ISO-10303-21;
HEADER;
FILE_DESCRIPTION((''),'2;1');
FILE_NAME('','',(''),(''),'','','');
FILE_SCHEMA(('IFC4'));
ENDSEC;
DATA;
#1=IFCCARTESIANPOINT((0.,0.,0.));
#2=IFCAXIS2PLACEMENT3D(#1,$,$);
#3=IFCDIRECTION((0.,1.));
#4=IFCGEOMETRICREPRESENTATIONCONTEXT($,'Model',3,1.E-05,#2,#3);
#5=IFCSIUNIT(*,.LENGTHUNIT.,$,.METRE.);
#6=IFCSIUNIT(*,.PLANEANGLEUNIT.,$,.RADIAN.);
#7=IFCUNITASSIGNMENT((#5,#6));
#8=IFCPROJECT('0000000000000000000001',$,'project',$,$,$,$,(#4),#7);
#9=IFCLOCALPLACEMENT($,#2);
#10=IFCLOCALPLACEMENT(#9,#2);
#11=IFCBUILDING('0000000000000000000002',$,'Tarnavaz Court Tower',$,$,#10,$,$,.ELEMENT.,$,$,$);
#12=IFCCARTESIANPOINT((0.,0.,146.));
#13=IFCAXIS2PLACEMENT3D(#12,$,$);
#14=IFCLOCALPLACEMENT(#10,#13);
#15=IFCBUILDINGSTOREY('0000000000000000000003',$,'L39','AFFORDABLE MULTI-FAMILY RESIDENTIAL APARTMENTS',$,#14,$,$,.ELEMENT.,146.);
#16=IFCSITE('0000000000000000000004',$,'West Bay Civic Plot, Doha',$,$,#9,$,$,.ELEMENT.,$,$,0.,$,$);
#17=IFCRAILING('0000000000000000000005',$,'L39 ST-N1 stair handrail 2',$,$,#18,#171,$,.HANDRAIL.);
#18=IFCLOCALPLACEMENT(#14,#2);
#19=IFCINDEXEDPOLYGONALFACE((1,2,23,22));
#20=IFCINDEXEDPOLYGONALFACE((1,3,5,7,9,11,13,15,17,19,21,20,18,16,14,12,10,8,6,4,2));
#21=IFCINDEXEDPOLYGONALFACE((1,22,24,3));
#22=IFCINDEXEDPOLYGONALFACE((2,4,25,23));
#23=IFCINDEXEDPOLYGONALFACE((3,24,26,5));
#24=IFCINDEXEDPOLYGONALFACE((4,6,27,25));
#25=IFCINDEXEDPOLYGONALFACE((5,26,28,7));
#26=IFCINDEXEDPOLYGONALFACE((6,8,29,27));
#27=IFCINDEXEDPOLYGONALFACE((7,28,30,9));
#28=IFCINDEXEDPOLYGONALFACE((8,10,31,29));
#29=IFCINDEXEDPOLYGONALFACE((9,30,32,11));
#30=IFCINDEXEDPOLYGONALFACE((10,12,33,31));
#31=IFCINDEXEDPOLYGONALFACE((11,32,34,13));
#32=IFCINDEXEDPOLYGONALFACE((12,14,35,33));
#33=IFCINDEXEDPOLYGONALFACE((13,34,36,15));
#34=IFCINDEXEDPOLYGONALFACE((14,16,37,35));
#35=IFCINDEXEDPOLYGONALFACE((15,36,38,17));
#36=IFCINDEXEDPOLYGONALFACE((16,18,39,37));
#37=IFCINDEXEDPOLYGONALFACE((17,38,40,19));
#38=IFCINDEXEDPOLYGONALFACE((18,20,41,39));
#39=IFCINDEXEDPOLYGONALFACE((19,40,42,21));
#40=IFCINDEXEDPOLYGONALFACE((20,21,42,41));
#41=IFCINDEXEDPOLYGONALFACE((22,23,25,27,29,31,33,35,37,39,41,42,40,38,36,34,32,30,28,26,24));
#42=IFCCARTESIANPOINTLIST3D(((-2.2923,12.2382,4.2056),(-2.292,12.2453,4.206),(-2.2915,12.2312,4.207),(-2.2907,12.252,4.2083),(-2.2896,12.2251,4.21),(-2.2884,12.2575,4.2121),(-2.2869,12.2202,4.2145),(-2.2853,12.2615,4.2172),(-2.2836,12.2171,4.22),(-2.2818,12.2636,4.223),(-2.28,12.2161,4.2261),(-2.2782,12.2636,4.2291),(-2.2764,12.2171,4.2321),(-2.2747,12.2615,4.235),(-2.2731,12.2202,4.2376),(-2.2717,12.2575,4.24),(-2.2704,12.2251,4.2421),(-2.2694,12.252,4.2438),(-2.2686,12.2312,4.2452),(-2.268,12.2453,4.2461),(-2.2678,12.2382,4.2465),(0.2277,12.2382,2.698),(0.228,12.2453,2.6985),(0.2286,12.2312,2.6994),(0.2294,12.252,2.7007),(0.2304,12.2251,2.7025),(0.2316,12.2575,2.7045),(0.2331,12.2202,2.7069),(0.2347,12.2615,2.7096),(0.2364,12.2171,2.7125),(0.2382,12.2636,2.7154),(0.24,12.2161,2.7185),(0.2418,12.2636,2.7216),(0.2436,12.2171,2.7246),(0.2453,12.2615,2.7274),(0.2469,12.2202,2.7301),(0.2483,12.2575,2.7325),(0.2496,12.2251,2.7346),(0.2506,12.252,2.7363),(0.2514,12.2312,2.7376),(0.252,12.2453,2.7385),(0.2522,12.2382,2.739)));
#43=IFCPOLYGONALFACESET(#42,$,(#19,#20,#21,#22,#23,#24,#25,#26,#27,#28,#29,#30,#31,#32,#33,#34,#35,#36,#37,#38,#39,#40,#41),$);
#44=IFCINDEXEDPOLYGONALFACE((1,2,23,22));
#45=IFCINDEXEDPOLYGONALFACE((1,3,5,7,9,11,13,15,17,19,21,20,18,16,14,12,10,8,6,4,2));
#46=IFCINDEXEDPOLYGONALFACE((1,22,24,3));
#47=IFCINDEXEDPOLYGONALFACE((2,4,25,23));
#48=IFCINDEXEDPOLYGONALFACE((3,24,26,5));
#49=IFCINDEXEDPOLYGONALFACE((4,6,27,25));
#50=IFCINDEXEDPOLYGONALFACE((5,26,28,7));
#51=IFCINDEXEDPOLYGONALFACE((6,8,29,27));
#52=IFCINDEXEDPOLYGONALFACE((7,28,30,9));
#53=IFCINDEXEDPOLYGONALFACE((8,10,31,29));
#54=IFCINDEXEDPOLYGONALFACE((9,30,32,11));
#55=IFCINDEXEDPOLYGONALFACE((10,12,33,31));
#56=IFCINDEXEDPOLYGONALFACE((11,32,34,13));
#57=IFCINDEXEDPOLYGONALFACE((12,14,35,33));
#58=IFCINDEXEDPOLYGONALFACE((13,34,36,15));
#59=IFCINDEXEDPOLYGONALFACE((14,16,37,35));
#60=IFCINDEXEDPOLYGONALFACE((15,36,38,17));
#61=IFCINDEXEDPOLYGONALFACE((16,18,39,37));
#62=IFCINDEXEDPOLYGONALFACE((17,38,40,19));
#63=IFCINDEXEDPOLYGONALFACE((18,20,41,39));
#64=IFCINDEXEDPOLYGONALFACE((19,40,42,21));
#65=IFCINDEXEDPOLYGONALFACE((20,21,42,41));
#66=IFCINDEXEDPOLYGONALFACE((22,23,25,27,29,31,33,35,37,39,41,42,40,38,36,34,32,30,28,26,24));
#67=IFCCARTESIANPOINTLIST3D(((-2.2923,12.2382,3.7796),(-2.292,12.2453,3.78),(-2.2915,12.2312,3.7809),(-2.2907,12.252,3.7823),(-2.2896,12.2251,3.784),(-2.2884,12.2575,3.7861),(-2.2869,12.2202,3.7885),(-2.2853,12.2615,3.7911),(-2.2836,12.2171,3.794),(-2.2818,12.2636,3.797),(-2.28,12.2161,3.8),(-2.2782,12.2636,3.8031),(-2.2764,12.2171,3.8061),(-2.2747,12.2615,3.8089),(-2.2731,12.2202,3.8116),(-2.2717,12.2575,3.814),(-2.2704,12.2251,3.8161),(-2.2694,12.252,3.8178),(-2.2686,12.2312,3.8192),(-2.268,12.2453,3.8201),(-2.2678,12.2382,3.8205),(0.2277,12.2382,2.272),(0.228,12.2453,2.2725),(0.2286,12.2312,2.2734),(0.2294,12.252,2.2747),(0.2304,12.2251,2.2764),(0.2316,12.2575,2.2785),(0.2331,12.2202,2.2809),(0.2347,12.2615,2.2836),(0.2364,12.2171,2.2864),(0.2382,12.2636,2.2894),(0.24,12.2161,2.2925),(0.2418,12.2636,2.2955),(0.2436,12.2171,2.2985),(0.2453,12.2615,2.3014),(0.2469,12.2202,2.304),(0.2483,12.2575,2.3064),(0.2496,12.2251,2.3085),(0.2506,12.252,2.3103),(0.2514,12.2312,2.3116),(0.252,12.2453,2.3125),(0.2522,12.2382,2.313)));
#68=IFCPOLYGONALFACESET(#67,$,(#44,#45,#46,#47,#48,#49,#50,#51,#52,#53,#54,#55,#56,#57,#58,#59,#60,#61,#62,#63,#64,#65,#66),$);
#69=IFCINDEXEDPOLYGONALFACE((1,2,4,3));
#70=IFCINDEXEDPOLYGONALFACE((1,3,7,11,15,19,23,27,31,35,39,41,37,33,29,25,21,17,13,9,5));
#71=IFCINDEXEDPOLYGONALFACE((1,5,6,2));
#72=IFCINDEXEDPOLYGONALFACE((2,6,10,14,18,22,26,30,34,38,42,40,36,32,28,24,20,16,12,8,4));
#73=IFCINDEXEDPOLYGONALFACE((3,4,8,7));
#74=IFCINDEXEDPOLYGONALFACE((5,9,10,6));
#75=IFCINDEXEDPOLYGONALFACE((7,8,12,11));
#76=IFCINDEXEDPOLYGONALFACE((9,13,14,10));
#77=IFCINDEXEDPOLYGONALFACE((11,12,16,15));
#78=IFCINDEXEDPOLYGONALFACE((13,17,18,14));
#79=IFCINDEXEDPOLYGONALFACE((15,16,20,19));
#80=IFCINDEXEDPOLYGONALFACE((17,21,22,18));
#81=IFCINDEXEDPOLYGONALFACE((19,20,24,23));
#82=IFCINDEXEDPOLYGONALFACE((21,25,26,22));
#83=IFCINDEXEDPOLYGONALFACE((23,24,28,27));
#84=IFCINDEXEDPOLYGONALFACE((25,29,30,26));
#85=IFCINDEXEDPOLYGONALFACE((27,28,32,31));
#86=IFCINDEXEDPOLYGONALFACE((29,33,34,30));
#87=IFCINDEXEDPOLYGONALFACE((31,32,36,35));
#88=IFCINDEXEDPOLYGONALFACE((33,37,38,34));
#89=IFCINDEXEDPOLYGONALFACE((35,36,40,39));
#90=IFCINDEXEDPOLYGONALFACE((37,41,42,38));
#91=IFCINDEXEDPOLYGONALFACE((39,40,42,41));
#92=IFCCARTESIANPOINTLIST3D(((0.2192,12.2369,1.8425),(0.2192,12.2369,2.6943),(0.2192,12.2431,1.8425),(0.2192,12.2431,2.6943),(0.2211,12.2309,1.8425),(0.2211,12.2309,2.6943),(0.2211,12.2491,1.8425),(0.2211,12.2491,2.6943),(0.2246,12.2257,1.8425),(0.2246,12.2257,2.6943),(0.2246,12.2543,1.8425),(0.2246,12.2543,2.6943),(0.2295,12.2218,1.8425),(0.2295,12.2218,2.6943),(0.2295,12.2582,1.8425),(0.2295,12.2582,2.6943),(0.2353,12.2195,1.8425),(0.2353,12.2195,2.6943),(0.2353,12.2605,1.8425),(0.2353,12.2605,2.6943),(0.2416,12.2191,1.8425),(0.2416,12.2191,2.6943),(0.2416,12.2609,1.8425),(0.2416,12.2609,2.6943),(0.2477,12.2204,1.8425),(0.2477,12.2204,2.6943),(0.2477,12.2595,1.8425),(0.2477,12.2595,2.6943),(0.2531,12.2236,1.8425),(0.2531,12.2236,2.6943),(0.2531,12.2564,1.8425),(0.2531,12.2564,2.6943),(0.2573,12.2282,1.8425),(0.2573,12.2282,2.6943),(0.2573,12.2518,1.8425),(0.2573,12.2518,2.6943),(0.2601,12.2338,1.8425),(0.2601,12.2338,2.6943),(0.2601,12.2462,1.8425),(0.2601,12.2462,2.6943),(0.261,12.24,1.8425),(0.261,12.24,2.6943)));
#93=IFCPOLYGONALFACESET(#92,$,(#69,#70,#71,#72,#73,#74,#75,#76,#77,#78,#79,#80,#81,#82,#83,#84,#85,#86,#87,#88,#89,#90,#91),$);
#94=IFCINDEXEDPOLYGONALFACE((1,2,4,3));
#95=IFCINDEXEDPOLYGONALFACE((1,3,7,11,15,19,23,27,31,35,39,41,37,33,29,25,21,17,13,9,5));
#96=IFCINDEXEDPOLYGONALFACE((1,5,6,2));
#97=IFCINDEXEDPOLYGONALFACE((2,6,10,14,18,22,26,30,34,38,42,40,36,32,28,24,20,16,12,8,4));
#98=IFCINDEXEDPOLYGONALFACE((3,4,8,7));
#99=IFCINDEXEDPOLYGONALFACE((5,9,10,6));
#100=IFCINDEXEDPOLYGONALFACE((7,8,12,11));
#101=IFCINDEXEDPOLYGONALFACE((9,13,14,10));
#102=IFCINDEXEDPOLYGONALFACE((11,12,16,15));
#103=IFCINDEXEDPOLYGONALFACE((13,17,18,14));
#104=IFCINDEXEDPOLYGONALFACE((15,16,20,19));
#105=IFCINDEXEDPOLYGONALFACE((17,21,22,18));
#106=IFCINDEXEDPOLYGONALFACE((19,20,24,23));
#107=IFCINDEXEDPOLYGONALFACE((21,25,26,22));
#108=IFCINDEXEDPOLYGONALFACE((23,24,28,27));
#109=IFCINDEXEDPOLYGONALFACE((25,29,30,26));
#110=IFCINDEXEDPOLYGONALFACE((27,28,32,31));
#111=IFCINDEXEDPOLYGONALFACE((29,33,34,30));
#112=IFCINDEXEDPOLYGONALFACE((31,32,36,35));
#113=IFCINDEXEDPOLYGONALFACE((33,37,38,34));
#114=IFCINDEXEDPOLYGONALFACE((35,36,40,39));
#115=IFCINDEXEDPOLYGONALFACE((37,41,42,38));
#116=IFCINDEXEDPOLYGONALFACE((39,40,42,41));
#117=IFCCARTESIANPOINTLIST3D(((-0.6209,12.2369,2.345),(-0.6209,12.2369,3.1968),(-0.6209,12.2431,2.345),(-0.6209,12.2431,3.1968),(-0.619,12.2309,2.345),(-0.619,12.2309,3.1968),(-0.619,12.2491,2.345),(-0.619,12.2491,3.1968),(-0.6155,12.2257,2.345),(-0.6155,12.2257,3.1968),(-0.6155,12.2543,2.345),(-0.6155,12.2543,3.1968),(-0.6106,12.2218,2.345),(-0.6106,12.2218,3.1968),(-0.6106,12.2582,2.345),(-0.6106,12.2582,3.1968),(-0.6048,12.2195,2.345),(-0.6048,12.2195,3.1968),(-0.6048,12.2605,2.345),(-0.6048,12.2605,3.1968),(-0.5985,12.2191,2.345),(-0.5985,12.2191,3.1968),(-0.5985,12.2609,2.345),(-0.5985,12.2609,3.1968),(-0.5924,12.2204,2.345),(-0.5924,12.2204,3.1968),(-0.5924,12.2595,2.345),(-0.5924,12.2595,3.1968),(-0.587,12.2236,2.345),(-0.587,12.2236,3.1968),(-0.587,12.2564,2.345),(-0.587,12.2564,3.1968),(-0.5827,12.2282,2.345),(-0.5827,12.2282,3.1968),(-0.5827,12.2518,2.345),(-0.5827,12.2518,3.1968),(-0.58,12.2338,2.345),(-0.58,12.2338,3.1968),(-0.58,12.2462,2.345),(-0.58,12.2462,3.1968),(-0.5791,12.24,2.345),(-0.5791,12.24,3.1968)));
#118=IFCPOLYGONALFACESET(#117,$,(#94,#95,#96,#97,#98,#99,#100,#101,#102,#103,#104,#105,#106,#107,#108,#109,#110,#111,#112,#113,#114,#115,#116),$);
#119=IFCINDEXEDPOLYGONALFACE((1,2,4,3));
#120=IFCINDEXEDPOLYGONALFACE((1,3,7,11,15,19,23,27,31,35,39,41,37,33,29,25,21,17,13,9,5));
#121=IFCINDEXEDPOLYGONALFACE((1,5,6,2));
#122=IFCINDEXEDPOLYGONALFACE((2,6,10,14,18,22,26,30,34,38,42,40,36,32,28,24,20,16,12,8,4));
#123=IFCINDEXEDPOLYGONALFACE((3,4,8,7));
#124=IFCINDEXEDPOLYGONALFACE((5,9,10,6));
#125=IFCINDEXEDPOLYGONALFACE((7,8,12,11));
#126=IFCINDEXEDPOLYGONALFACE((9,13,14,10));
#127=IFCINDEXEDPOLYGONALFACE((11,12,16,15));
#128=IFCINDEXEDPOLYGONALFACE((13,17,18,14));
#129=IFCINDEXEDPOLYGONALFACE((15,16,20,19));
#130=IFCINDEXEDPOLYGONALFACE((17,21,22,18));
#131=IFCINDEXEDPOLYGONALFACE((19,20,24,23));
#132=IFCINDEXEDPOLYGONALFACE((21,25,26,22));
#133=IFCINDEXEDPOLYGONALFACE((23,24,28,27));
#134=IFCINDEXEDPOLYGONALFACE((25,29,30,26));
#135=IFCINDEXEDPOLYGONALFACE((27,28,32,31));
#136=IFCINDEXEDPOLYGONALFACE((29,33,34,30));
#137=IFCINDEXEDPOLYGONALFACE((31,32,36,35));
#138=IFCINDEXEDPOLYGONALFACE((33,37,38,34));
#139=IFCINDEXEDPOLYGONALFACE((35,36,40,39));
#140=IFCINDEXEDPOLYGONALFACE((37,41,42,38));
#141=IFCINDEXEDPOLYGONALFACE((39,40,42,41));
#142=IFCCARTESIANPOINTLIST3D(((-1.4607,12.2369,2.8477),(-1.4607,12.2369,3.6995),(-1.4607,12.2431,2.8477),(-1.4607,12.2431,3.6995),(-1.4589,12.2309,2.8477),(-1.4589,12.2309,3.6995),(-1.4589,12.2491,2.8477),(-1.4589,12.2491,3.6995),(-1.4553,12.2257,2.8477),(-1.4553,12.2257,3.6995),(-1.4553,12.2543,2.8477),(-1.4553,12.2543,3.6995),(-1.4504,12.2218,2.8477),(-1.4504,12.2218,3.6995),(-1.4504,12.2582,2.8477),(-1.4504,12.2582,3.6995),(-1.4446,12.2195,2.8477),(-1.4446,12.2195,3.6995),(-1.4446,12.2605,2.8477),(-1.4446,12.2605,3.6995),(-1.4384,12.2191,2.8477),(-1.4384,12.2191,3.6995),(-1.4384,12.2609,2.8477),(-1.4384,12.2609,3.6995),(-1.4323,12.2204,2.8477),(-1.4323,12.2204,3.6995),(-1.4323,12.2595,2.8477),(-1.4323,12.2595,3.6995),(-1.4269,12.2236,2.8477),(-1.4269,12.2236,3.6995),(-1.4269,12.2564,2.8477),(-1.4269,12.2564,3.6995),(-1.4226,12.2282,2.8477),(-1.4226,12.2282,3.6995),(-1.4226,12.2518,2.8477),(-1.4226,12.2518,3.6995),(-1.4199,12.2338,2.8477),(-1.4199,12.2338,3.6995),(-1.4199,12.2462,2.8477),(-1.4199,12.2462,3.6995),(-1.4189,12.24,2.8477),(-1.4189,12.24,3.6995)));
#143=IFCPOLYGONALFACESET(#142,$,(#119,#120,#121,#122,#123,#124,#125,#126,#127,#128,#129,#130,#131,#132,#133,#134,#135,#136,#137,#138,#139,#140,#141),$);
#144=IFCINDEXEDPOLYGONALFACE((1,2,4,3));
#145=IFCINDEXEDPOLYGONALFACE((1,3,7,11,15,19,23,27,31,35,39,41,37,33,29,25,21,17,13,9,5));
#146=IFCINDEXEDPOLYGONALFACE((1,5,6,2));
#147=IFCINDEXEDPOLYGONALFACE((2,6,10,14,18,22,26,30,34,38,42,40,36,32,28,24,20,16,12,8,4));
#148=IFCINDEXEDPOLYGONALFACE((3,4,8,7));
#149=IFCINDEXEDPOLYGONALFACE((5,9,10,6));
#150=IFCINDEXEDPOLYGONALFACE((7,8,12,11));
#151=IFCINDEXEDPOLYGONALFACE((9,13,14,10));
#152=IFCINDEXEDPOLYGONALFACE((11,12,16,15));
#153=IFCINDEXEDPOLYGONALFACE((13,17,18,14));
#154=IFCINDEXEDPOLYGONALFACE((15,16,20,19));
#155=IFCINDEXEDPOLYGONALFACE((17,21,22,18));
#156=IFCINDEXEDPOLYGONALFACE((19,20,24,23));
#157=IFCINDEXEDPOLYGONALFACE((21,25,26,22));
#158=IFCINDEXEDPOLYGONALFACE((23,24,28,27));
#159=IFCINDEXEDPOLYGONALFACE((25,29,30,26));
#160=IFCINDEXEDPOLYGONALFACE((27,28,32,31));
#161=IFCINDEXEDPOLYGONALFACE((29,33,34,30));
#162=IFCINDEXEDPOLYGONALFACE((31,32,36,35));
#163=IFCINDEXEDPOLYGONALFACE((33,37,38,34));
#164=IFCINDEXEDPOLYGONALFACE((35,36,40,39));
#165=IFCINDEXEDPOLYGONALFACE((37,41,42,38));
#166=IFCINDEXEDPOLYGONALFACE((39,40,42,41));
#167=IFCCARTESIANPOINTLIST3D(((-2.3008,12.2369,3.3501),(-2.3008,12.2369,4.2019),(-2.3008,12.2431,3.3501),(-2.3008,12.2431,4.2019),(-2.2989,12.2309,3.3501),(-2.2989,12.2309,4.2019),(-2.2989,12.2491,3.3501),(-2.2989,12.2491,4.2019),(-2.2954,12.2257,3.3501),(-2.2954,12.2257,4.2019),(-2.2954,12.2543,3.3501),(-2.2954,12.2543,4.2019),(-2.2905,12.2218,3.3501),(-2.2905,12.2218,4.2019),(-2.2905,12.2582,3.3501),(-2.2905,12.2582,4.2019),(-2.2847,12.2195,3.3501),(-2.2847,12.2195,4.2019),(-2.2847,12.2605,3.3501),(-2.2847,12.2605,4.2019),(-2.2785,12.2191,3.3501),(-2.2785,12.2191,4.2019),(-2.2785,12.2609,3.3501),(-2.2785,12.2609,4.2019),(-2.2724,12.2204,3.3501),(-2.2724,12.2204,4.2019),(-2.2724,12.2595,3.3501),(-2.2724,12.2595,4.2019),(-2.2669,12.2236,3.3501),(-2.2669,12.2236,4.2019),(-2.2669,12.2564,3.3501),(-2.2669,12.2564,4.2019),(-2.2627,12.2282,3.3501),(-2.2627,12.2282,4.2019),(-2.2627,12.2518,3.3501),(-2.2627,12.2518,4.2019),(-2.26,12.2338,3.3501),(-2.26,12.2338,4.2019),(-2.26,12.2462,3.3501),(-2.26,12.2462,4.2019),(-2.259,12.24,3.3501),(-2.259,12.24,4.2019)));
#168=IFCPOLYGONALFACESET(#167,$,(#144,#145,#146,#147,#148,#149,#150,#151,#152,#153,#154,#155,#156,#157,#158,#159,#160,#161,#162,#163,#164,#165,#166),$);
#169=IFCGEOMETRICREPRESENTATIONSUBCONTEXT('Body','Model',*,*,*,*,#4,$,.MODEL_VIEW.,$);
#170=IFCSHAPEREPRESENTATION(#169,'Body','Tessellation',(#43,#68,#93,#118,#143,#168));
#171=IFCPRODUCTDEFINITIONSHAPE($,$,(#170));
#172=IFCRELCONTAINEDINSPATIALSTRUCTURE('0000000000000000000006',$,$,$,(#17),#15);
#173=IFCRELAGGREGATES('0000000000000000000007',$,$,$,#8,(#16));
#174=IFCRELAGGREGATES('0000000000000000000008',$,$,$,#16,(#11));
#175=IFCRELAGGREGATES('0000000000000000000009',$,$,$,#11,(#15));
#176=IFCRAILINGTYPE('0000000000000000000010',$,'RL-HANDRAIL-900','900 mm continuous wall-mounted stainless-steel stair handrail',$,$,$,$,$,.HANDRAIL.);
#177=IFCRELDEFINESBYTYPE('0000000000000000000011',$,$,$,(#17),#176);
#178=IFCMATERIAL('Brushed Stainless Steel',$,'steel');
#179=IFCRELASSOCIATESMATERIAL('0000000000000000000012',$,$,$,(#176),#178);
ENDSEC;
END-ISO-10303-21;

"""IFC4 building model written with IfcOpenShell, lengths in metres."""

from ifc_helpers import new_model, si_unit, direction, frame, origin, origin_2d, place, context, subcontext, project, spatial, circle, extrude, material, type_object, element, save


model = new_model("IFC4")

# Units and contexts
model_context = context("Model", 3, precision=1e-05, world=origin(), true_north=direction((0.0, 1.0)))
body_context = subcontext(model_context, "Body", "Model", "MODEL_VIEW")
ifc_project = project(units=[si_unit("LENGTHUNIT", "METRE"), si_unit("PLANEANGLEUNIT", "RADIAN")], contexts=[model_context])

# Site, building, storey
site_placement = place(None, origin())
site = spatial("IfcSite", under=ifc_project, at=site_placement, Name="West Bay Civic Plot, Doha", CompositionType="ELEMENT", RefElevation=0.0)
building_placement = place(site_placement, origin())
building = spatial("IfcBuilding", under=site, at=building_placement, Name="Tarnavaz Court Tower", CompositionType="ELEMENT")
storey_placement = place(building_placement, frame((0.0, 0.0, 146.0)))
storey = spatial("IfcBuildingStorey", under=building, at=storey_placement, Name="L39", Description="AFFORDABLE MULTI-FAMILY RESIDENTIAL APARTMENTS", CompositionType="ELEMENT", Elevation=146.0)

# Railing
ifc_material_1 = material(Name="Brushed Stainless Steel", Category="steel")
railing_type_1 = type_object("IfcRailingType", Name="RL-HANDRAIL-900", Description="900 mm continuous wall-mounted stainless-steel stair handrail", PredefinedType="HANDRAIL", material=ifc_material_1)
railing_1_placement = place(storey_placement, frame((0.24, 12.24, 1.8425)))
element("IfcRailing", 1, at=railing_1_placement, inside=storey, type_object=railing_type_1, Name="L39 ST-N1 stair handrail 2", PredefinedType="HANDRAIL", context=body_context, shape_type="SweptSolid", body=[
    extrude(circle(Radius=0.0239, at=origin_2d()), frame((0.0, 0.0, 0.876), z_axis=(-0.85816, 0.0, 0.513383), x_axis=(0.0, -1.0, 0.0)), (0.0, 0.0, 1.0), 2.9365),
    extrude(circle(Radius=0.0239, at=origin_2d()), frame((0.0, 0.0, 0.45), z_axis=(-0.85816, 0.0, 0.513383), x_axis=(0.0, -1.0, 0.0)), (0.0, 0.0, 1.0), 2.9365),
    extrude(circle(Radius=0.021, at=origin_2d()), origin(), (0.0, 0.0, 1.0), 0.8518),
    extrude(circle(Radius=0.021, at=origin_2d()), frame((-0.8401, 0.0, 0.5024)), (0.0, 0.0, 1.0), 0.8518),
    extrude(circle(Radius=0.021, at=origin_2d()), frame((-1.6799, 0.0, 1.0051)), (0.0, 0.0, 1.0), 0.8518),
    extrude(circle(Radius=0.021, at=origin_2d()), frame((-2.52, 0.0, 1.5076)), (0.0, 0.0, 1.0), 0.8518),
])

save(model, "model.ifc")
